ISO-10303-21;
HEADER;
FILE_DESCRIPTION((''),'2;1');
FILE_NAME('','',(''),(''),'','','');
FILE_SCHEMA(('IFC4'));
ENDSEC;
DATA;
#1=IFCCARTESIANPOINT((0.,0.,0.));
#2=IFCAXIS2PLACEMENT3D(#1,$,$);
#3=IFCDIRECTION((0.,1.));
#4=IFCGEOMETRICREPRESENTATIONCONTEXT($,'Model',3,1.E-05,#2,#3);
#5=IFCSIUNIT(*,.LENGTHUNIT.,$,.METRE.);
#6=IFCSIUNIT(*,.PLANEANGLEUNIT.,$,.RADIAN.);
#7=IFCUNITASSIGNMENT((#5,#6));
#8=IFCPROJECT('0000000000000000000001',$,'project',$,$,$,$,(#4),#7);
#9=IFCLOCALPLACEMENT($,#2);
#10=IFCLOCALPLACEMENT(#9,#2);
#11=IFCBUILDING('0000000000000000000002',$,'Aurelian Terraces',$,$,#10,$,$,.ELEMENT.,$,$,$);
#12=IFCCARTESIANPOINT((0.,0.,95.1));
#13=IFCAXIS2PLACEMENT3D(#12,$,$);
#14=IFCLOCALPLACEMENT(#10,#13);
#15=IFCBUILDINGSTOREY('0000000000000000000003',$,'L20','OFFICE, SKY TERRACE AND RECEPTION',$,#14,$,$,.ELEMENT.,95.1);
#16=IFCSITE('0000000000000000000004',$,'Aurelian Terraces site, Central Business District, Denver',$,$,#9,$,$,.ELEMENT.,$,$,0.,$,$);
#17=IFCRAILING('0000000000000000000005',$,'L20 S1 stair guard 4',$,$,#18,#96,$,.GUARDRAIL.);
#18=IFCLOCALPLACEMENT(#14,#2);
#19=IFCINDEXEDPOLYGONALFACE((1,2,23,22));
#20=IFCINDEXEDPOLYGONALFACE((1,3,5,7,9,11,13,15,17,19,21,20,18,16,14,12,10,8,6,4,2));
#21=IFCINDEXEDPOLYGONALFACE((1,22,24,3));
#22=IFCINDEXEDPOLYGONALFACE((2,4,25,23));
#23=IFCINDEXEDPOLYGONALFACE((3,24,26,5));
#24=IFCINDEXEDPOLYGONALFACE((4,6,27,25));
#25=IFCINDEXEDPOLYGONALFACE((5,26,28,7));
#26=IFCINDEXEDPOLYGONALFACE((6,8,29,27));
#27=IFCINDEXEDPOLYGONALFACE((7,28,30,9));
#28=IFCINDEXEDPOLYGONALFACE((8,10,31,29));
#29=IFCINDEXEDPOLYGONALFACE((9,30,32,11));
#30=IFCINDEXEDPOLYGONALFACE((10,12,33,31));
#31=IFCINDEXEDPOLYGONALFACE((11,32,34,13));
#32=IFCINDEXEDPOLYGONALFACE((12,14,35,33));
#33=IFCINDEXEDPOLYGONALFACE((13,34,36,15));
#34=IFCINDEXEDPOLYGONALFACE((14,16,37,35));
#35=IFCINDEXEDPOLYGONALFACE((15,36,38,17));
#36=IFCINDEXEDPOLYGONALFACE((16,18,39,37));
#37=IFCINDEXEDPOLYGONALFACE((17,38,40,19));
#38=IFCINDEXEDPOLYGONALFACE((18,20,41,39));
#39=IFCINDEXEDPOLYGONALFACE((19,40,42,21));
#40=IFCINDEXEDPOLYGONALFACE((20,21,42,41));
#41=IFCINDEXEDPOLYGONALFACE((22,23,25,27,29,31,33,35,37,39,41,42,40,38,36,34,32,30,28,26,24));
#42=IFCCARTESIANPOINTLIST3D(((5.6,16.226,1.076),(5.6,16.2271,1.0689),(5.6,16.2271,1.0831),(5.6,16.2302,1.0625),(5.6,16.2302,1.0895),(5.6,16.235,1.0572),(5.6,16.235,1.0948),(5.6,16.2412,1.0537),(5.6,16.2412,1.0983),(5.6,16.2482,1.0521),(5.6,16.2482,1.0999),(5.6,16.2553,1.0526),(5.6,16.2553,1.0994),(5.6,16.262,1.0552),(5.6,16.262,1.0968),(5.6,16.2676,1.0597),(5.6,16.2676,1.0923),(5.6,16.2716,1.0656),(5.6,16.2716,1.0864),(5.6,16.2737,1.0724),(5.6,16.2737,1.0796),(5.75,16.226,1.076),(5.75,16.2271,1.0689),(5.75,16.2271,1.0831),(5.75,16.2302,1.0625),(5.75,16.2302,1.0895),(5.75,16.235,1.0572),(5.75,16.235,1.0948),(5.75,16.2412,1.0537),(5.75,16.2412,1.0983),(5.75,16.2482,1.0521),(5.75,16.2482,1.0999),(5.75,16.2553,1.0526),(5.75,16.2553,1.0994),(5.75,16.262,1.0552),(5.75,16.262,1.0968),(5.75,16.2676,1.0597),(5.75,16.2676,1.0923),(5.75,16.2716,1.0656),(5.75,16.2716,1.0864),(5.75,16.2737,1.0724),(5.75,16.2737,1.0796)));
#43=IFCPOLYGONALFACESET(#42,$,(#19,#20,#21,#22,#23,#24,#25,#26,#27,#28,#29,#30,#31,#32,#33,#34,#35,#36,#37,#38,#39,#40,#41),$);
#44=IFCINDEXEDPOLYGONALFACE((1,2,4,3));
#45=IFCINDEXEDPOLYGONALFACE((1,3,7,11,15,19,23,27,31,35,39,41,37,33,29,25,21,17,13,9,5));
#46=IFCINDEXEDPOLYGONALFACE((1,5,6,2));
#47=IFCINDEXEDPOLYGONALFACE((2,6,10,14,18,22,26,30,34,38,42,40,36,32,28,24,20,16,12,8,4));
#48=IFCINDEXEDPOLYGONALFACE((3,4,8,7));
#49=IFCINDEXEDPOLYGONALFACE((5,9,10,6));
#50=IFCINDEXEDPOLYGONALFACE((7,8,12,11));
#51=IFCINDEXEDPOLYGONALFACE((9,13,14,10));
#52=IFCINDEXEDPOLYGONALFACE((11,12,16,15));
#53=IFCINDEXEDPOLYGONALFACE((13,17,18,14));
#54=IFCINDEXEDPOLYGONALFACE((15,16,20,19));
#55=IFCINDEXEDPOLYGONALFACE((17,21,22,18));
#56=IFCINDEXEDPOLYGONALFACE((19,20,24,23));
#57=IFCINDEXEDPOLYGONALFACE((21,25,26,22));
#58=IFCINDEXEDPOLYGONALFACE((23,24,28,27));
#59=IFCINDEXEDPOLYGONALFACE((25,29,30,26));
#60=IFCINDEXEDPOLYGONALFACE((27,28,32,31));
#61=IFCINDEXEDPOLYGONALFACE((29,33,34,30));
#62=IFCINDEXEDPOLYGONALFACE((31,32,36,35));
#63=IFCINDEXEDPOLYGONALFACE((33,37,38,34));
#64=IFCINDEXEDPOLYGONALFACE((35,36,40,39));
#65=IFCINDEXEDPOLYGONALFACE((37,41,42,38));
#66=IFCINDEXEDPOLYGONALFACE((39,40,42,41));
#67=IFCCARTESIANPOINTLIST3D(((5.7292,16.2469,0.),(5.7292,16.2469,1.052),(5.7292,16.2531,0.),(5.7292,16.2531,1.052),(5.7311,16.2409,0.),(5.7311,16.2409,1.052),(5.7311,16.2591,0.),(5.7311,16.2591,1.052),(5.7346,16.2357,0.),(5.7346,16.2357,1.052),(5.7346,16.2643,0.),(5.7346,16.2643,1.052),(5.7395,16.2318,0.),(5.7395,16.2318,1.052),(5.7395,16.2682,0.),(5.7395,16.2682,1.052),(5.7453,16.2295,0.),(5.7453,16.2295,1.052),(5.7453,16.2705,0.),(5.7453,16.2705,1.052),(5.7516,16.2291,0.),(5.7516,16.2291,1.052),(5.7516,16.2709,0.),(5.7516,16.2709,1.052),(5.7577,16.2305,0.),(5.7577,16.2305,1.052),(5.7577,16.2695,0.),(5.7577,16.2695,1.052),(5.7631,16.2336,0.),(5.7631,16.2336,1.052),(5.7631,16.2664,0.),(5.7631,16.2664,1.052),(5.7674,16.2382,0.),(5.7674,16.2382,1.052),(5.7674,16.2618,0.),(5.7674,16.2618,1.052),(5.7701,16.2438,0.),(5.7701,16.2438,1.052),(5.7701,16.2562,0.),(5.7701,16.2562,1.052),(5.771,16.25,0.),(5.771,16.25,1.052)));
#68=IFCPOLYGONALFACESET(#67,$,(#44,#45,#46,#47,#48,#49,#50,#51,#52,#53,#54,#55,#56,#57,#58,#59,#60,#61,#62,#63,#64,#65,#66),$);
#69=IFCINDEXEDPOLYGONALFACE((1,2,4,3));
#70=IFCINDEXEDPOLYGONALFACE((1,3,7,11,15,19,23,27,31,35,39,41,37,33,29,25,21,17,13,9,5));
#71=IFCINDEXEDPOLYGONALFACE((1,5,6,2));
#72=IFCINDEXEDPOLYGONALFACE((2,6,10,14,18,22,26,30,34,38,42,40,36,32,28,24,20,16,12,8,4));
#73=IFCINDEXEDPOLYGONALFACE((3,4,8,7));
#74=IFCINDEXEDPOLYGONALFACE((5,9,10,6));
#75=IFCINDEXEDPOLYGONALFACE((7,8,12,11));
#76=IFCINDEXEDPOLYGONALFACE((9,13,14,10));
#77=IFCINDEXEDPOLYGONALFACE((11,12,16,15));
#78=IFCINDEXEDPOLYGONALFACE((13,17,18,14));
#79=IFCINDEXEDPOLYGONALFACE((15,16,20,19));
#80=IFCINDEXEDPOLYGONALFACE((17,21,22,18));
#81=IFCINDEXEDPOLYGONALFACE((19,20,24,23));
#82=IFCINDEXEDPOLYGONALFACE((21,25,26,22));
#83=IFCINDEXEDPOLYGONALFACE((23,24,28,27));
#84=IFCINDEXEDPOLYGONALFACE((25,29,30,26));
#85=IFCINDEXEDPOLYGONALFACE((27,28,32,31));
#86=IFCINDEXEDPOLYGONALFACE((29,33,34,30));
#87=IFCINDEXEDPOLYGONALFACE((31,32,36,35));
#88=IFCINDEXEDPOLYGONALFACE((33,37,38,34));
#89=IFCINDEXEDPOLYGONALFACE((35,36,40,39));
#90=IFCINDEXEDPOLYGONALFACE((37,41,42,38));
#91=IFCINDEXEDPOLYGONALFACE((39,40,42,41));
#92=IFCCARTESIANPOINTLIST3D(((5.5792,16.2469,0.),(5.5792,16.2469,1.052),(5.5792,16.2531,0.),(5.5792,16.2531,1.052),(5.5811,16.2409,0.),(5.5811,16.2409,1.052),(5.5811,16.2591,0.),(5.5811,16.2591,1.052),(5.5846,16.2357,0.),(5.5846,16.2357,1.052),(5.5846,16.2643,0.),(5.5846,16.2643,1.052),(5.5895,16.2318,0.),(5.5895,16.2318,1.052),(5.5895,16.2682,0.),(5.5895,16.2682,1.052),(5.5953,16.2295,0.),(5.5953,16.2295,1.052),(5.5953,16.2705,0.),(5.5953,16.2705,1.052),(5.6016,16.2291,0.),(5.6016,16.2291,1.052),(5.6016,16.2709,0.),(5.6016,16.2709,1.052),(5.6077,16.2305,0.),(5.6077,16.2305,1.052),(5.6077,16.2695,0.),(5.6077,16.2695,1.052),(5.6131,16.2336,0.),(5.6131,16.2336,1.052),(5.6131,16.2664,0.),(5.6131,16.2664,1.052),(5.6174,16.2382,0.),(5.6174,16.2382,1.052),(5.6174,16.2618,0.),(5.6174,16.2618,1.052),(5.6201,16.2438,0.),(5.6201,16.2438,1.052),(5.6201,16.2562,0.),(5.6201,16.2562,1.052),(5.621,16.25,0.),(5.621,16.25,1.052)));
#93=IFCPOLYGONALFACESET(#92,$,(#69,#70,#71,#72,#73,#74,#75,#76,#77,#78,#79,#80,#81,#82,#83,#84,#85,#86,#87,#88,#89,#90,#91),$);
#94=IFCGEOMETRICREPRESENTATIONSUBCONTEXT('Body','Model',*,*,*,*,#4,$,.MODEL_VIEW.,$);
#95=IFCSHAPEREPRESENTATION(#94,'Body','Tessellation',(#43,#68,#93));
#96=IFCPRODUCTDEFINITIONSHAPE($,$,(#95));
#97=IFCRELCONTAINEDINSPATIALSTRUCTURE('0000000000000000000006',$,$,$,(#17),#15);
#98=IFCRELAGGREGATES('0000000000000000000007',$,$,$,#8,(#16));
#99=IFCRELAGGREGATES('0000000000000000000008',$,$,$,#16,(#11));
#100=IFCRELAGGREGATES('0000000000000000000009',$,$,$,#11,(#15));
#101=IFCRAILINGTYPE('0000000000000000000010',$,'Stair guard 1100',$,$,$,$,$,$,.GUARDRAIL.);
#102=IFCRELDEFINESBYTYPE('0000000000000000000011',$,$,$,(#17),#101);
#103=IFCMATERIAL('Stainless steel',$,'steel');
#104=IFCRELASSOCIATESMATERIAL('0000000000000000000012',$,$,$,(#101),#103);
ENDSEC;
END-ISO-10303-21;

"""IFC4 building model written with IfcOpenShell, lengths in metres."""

from ifc_helpers import new_model, si_unit, direction, frame, origin, origin_2d, place, context, subcontext, project, spatial, circle, extrude, source, transform, mapped, material, type_object, element, save


model = new_model("IFC4")

# Units and contexts
model_context = context("Model", 3, precision=1e-05, world=origin(), true_north=direction((0.0, 1.0)))
body_context = subcontext(model_context, "Body", "Model", "MODEL_VIEW")
ifc_project = project(units=[si_unit("LENGTHUNIT", "METRE"), si_unit("PLANEANGLEUNIT", "RADIAN")], contexts=[model_context])

# Site, building, storey
site_placement = place(None, origin())
site = spatial("IfcSite", under=ifc_project, at=site_placement, Name="Aurelian Terraces site, Central Business District, Denver", CompositionType="ELEMENT", RefElevation=0.0)
building_placement = place(site_placement, origin())
building = spatial("IfcBuilding", under=site, at=building_placement, Name="Aurelian Terraces", CompositionType="ELEMENT")
storey_placement = place(building_placement, frame((0.0, 0.0, 95.1)))
storey = spatial("IfcBuildingStorey", under=building, at=storey_placement, Name="L20", Description="OFFICE, SKY TERRACE AND RECEPTION", CompositionType="ELEMENT", Elevation=95.1)

# Railing
ifc_material_1 = material(Name="Stainless steel", Category="steel")
railing_type_1 = type_object("IfcRailingType", Name="Stair guard 1100", PredefinedType="GUARDRAIL", material=ifc_material_1)
shared_shape_1 = source(origin(), body_context, "Body", "SweptSolid", [
    extrude(circle(Radius=0.024, at=origin_2d()), frame((0.0, 0.0, 1.076), z_axis=(-1.0, 0.0, 0.0), x_axis=(0.0, -1.0, 0.0)), (0.0, 0.0, 1.0), 0.15),
    extrude(circle(Radius=0.021, at=origin_2d()), origin(), (0.0, 0.0, 1.0), 1.052),
    extrude(circle(Radius=0.021, at=origin_2d()), frame((-0.15, 0.0, 0.0)), (0.0, 0.0, 1.0), 1.052),
])
railing_1_placement = place(storey_placement, frame((5.75, 16.25, 0.0)))
element("IfcRailing", 1, at=railing_1_placement, inside=storey, type_object=railing_type_1, Name="L20 S1 stair guard 4", PredefinedType="GUARDRAIL", context=body_context, shape_type="MappedRepresentation", body=[
    mapped(shared_shape_1, transform((0.0, 0.0, 0.0), scale=1.0)),
])

save(model, "model.ifc")
